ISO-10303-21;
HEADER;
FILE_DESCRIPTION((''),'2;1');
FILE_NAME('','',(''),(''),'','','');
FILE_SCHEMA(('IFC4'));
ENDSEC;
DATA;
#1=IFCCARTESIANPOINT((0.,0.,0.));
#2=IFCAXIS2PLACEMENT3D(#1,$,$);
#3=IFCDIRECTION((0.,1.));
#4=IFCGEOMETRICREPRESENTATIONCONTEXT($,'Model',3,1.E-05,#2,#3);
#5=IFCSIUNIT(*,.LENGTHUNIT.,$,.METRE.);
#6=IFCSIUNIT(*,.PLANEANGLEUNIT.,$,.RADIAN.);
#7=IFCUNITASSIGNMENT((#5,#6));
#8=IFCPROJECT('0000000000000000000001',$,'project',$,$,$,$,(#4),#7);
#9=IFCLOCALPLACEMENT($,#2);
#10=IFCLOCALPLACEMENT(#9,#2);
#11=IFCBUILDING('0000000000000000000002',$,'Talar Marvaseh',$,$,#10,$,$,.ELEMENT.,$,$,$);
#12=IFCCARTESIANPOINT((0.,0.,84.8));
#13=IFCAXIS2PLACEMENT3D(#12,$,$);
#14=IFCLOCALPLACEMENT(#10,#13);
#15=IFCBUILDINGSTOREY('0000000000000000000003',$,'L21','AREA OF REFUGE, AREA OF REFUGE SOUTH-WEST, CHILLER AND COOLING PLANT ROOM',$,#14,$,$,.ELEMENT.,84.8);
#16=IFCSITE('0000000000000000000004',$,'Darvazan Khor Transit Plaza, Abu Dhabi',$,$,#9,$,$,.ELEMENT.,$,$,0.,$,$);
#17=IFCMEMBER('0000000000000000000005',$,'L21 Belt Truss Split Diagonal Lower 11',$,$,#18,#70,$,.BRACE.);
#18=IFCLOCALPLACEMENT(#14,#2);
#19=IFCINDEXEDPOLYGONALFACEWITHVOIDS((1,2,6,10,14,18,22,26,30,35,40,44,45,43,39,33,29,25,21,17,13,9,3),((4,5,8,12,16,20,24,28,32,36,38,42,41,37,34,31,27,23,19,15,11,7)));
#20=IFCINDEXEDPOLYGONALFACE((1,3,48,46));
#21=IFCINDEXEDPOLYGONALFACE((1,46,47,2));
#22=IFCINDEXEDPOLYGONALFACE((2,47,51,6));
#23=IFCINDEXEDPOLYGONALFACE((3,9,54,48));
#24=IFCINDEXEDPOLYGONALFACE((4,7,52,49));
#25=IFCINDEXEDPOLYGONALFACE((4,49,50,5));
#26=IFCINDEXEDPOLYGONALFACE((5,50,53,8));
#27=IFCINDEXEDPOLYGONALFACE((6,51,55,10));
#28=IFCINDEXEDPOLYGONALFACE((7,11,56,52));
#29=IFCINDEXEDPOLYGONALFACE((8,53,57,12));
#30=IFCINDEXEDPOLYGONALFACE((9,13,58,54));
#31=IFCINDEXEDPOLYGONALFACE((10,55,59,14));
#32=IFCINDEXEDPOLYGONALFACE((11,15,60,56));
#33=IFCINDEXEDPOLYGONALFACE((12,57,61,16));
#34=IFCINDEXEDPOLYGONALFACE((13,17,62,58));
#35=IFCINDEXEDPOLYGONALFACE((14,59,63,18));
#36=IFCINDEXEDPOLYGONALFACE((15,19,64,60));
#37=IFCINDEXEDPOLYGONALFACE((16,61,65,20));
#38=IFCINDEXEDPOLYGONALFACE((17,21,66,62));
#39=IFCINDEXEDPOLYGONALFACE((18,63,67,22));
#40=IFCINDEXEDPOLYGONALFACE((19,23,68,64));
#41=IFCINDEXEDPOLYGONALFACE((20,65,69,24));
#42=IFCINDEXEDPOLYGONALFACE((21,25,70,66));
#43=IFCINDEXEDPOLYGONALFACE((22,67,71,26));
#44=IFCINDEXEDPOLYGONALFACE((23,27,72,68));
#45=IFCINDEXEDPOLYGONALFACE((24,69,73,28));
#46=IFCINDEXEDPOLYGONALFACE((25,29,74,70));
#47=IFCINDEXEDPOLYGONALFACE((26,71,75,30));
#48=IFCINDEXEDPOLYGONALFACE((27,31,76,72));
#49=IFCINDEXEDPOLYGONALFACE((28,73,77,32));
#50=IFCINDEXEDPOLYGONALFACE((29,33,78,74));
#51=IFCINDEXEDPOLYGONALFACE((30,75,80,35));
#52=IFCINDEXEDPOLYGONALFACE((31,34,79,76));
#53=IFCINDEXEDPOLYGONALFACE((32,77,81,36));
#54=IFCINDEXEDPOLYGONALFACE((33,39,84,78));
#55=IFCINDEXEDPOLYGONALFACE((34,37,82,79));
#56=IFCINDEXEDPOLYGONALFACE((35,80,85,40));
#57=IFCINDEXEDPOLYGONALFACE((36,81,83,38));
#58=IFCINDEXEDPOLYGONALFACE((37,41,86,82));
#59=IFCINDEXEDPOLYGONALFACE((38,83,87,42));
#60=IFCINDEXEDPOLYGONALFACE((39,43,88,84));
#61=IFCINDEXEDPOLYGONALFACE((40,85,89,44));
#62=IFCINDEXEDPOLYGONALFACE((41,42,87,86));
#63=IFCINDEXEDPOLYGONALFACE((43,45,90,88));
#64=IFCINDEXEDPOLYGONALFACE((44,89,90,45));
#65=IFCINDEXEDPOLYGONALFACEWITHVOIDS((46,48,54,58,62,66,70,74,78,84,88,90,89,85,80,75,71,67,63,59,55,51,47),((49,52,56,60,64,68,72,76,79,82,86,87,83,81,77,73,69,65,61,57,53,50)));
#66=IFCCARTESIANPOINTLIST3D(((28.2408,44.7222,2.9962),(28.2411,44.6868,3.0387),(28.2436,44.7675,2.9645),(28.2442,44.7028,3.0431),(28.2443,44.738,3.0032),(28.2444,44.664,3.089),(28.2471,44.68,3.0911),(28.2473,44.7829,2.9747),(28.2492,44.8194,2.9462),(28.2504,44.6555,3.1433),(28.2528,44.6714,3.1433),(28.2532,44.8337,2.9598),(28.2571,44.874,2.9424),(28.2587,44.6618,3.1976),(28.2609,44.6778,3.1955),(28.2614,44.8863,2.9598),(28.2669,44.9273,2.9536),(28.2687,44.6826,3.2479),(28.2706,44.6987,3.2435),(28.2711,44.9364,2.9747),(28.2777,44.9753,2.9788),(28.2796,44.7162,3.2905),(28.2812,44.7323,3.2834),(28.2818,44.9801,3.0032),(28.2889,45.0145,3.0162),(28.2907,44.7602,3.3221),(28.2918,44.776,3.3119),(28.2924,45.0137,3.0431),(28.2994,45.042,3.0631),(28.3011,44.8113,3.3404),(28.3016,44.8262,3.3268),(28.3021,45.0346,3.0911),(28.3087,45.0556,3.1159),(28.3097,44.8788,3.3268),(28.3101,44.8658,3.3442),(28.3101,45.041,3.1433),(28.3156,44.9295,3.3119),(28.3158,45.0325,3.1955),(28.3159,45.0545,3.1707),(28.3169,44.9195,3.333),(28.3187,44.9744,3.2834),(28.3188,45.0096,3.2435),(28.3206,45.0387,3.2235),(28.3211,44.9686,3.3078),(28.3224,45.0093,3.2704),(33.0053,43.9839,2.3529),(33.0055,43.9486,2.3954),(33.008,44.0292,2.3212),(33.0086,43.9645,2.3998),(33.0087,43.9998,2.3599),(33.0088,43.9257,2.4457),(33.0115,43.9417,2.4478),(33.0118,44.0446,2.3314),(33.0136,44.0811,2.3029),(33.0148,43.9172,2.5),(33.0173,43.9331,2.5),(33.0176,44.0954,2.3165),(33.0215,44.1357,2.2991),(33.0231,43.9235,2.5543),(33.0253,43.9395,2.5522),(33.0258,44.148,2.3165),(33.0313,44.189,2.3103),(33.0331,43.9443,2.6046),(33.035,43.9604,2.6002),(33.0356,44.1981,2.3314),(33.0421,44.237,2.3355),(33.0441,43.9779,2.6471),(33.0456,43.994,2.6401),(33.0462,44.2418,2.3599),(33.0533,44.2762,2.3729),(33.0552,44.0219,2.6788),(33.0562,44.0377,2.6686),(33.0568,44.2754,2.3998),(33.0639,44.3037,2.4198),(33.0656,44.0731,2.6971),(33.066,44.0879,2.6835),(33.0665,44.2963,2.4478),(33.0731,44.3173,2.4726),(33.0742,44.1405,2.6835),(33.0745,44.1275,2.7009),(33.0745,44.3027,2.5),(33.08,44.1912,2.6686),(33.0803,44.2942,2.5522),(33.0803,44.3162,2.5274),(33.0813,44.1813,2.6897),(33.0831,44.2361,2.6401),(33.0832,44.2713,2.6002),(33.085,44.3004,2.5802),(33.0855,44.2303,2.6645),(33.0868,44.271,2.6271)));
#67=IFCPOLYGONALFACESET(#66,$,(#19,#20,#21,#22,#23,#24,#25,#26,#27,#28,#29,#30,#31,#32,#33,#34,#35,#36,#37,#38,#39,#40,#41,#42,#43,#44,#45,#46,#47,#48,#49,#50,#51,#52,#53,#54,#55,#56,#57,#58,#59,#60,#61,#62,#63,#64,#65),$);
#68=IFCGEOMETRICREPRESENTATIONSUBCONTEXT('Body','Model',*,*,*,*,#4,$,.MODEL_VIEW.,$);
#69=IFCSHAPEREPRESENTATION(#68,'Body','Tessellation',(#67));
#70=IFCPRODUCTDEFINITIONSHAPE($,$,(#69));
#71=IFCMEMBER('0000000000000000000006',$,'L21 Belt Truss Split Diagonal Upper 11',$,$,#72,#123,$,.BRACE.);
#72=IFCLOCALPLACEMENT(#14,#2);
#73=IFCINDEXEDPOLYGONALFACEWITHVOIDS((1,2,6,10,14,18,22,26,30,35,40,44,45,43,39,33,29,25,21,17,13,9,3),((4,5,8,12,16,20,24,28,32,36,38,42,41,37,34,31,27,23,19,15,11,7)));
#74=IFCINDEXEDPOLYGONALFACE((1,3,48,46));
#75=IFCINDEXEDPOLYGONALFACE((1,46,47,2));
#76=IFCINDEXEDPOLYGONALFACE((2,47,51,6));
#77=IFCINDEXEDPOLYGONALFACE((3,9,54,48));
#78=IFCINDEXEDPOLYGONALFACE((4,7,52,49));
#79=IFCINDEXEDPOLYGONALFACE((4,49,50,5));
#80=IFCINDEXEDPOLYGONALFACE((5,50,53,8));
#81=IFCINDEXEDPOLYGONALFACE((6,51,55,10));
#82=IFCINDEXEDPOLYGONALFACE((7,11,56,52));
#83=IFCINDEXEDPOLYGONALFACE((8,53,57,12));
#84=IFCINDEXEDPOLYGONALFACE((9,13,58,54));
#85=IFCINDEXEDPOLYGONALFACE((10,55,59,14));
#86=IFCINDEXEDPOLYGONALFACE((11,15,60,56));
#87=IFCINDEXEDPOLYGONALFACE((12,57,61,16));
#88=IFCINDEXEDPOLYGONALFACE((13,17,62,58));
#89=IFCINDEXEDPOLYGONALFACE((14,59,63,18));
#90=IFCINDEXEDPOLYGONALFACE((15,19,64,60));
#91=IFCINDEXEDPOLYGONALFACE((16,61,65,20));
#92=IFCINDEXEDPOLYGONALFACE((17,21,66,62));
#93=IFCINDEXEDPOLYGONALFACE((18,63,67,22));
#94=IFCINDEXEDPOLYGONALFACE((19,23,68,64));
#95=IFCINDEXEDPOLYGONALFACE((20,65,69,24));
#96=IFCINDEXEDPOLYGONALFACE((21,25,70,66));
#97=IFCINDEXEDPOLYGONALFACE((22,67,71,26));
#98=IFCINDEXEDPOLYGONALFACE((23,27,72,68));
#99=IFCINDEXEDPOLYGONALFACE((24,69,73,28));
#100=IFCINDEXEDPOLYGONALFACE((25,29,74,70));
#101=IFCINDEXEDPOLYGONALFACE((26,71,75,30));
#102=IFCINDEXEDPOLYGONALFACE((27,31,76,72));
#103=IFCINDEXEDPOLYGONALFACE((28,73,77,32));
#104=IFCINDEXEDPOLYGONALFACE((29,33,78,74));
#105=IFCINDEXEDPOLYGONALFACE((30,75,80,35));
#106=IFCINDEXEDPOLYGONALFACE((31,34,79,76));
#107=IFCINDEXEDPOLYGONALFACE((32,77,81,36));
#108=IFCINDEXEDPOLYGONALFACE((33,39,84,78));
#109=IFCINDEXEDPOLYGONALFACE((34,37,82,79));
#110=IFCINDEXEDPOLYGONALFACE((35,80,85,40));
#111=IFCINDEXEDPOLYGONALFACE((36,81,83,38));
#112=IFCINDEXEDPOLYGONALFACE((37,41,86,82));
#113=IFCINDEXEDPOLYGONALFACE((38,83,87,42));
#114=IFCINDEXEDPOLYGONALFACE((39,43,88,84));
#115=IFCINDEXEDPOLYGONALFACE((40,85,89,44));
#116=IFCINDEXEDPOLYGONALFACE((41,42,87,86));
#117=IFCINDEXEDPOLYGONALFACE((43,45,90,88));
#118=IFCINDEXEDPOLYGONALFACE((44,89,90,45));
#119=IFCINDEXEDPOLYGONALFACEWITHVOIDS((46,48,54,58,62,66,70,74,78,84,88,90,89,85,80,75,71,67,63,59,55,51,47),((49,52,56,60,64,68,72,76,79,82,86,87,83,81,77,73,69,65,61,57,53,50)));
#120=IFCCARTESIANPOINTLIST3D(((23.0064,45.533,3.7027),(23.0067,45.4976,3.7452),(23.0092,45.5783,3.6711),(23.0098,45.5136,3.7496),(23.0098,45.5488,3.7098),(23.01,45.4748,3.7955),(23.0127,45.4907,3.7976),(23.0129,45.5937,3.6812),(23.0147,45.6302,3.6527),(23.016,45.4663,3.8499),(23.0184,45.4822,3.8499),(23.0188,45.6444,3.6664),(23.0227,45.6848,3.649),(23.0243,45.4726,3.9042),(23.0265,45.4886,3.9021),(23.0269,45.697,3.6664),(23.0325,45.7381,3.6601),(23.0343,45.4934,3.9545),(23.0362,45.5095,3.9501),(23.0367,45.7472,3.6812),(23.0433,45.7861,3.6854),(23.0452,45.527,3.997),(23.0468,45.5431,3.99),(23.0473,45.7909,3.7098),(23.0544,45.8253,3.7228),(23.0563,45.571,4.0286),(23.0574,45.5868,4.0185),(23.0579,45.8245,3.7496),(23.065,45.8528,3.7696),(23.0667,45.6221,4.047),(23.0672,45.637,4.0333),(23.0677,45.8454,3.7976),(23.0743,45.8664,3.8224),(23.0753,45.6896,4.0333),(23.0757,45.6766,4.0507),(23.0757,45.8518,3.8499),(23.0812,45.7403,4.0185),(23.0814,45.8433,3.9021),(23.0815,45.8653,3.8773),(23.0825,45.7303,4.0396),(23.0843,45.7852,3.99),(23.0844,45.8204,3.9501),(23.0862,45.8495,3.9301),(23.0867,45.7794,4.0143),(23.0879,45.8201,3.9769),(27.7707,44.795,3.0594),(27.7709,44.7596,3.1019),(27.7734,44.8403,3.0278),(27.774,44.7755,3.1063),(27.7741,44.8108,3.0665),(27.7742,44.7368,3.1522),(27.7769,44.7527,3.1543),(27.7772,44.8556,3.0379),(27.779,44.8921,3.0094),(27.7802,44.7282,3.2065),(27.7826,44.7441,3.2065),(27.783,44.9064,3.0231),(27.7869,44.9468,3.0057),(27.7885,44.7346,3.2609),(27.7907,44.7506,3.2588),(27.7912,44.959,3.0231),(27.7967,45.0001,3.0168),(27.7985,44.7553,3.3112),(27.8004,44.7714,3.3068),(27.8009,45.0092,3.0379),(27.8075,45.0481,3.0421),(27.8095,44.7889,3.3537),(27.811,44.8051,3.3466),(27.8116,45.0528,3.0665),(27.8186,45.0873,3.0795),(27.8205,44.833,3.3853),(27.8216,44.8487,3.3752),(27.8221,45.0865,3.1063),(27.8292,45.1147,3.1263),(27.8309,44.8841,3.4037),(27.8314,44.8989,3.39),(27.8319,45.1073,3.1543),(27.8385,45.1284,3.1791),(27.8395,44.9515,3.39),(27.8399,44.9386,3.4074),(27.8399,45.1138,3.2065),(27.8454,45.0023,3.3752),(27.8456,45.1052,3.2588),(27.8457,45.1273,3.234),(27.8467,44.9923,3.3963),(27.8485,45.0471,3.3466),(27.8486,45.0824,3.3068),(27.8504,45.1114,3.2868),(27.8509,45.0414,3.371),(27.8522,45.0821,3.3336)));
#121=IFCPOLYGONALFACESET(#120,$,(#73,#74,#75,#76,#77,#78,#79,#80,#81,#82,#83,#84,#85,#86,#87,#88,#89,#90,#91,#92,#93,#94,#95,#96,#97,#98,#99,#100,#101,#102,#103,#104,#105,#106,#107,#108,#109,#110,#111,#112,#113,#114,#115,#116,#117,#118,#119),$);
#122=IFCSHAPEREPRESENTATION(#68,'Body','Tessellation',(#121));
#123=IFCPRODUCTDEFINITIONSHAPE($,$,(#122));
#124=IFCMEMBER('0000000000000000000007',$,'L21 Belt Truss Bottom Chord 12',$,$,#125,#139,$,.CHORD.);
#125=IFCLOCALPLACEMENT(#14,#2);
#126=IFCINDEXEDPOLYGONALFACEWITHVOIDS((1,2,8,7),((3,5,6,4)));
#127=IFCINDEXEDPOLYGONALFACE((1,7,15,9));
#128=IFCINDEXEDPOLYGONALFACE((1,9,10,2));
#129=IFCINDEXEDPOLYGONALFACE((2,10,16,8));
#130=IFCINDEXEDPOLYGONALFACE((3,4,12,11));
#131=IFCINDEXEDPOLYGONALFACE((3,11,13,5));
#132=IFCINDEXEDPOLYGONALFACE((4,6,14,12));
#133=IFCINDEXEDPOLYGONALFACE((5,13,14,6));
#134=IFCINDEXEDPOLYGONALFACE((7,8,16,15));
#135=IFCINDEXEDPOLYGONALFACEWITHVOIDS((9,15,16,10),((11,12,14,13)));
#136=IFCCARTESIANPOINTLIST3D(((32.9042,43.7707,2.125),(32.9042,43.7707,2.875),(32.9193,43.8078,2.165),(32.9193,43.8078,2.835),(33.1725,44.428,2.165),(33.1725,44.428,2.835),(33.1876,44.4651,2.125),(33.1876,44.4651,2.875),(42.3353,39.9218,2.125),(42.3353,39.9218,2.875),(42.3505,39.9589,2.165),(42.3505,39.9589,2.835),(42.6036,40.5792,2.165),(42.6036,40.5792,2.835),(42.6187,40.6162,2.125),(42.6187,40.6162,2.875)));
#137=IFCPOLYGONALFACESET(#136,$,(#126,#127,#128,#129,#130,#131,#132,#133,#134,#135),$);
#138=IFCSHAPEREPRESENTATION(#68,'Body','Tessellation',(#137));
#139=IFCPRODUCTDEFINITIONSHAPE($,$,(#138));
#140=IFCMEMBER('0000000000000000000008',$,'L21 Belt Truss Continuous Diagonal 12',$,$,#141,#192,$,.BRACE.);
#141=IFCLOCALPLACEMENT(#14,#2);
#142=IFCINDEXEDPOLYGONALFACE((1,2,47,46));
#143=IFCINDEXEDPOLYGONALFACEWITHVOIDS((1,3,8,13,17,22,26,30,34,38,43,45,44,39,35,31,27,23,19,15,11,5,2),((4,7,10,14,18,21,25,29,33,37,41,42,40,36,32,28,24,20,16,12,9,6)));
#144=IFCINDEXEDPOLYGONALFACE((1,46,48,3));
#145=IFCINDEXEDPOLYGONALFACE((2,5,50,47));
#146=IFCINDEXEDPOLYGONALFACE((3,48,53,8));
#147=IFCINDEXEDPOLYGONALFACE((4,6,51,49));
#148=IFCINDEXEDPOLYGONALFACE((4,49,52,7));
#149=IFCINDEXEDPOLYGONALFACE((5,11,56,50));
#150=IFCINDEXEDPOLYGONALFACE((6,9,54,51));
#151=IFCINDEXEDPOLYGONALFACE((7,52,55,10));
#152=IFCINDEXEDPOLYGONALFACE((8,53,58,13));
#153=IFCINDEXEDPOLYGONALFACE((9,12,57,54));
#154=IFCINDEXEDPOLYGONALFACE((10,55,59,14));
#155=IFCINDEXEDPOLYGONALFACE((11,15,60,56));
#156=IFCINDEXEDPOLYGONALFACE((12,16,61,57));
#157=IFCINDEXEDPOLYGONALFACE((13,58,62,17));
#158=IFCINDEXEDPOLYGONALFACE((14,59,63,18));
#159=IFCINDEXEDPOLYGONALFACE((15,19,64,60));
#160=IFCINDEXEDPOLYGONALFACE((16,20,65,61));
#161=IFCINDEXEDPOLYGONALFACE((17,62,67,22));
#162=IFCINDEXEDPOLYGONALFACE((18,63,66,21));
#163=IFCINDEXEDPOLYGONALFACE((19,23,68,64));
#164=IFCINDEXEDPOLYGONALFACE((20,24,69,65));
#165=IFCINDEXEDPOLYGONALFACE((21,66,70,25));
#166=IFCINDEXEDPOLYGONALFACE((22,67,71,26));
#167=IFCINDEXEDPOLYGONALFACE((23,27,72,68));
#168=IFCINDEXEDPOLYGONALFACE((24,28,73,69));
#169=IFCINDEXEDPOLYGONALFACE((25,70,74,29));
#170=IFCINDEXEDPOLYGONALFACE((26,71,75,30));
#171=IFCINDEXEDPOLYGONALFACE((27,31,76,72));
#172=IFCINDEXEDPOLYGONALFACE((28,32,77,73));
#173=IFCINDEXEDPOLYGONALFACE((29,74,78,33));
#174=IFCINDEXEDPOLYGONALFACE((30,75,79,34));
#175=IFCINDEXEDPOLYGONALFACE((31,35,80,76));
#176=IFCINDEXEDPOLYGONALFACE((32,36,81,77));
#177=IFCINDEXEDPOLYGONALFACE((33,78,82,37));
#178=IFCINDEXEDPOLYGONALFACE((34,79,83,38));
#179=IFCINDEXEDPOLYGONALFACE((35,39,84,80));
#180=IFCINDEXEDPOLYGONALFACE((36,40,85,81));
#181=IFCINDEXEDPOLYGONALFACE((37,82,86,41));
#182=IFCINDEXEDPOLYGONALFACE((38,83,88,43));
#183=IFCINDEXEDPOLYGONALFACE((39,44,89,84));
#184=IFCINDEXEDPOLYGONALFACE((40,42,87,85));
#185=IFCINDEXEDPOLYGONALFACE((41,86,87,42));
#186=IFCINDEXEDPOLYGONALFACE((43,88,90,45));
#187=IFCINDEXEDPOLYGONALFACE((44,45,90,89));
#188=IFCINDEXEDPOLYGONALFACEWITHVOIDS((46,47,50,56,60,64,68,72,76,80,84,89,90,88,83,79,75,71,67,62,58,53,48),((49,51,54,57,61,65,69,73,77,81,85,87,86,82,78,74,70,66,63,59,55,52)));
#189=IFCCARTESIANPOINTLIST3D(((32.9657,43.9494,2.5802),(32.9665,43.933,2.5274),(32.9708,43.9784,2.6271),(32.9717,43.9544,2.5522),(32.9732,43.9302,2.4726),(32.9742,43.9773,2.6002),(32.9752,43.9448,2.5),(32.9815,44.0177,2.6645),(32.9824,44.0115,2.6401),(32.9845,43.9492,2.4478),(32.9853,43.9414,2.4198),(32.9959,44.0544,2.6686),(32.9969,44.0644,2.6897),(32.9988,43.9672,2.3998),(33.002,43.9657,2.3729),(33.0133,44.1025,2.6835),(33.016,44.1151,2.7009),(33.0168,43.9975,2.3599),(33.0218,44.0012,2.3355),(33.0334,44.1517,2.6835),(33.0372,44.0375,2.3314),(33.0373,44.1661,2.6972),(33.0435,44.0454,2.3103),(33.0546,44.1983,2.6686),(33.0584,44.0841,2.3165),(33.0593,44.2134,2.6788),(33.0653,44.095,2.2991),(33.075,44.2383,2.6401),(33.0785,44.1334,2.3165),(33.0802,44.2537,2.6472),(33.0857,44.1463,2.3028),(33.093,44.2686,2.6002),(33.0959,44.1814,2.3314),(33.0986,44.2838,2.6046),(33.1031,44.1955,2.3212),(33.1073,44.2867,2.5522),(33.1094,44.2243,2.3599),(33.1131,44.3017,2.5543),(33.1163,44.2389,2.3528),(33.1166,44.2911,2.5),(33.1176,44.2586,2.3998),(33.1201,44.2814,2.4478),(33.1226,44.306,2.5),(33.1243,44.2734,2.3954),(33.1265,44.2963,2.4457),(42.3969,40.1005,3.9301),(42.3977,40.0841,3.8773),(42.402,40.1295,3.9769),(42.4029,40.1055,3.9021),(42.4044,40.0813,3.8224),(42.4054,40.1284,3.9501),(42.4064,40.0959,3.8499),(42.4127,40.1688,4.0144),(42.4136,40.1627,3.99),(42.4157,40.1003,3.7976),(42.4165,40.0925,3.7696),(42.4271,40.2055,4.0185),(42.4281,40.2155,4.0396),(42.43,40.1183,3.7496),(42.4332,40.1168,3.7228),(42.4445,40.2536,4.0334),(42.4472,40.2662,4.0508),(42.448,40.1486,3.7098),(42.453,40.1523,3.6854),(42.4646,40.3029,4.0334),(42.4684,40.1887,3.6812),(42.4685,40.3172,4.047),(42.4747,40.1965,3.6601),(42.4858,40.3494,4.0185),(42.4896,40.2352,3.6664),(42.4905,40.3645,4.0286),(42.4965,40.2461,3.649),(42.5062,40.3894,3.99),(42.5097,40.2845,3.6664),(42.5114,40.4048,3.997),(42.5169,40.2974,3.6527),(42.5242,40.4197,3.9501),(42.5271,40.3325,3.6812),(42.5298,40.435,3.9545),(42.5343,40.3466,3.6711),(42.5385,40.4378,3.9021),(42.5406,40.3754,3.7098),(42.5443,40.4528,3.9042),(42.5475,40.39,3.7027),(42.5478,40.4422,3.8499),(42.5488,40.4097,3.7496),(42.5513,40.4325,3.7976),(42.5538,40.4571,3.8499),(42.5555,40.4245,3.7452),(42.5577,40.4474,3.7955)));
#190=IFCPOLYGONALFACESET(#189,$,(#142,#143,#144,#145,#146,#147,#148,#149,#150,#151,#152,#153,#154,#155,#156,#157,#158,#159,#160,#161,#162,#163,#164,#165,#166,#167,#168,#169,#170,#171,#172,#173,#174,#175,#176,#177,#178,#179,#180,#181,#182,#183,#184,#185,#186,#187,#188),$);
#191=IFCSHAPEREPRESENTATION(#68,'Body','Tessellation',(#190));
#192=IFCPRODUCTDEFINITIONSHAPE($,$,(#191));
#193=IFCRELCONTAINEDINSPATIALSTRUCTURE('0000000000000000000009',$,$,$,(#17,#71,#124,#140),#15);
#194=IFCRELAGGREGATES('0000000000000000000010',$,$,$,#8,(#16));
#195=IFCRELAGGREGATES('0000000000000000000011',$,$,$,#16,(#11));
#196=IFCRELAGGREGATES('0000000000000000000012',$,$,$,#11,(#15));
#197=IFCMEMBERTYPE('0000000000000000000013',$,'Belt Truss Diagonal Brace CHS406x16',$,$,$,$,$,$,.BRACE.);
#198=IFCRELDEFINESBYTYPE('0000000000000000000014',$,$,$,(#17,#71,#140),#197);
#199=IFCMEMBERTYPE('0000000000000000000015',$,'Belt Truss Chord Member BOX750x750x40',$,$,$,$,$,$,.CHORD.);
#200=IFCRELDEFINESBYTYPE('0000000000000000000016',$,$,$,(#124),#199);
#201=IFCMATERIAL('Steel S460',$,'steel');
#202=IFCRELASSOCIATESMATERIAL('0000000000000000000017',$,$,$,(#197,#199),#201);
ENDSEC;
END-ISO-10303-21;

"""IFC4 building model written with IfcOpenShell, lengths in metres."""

from ifc_helpers import new_model, si_unit, direction, frame, origin, origin_2d, place, context, subcontext, project, spatial, hollow_rectangle, hollow_circle, extrude, source, transform, mapped, material, material_profile, profile_set, type_object, type_shapes, element, save


model = new_model("IFC4")

# Units and contexts
model_context = context("Model", 3, precision=1e-05, world=origin(), true_north=direction((0.0, 1.0)))
body_context = subcontext(model_context, "Body", "Model", "MODEL_VIEW")
ifc_project = project(units=[si_unit("LENGTHUNIT", "METRE"), si_unit("PLANEANGLEUNIT", "RADIAN")], contexts=[model_context])

# Site, building, storey
site_placement = place(None, origin())
site = spatial("IfcSite", under=ifc_project, at=site_placement, Name="Darvazan Khor Transit Plaza, Abu Dhabi", CompositionType="ELEMENT", RefElevation=0.0)
building_placement = place(site_placement, origin())
building = spatial("IfcBuilding", under=site, at=building_placement, Name="Talar Marvaseh", CompositionType="ELEMENT")
storey_placement = place(building_placement, frame((0.0, 0.0, 84.8)))
storey = spatial("IfcBuildingStorey", under=building, at=storey_placement, Name="L21", Description="AREA OF REFUGE, AREA OF REFUGE SOUTH-WEST, CHILLER AND COOLING PLANT ROOM", CompositionType="ELEMENT", Elevation=84.8)

# Members
ifc_material_1 = material(Name="Steel S460", Category="steel")
ifc_material_profile_1 = material_profile(ifc_material_1, hollow_circle(Radius=0.2031, WallThickness=0.0161, at=origin_2d()), Name="CHS406x16")
ifc_profile_set_1 = profile_set([ifc_material_profile_1], Name="Steel S460")
member_type_1 = type_object("IfcMemberType", Name="Belt Truss Diagonal Brace CHS406x16", PredefinedType="BRACE", material=ifc_profile_set_1)
shared_shape_1 = source(origin(), body_context, "Body", "SweptSolid", [
    extrude(hollow_circle(Radius=0.2031, WallThickness=0.0161, at=origin_2d()), origin(), (0.0, 0.0, 1.0), 4.864),
])
member_1_placement = place(storey_placement, frame((33.0459, 44.1179, 2.5), z_axis=(-0.979525, 0.151785, 0.13226), x_axis=(-0.15313, -0.988206, 0.0)))
element("IfcMember", 1, at=member_1_placement, inside=storey, type_object=member_type_1, Name="L21 Belt Truss Split Diagonal Lower 11", PredefinedType="BRACE", context=body_context, shape_type="MappedRepresentation", body=[
    mapped(shared_shape_1, transform((0.0, 0.0, 0.0), x_axis=(1.0, 0.0, 0.0), y_axis=(0.0, 1.0, 0.0), z_axis=(0.0, 0.0, 1.0), scale=1.0)),
])
shared_shape_2 = source(origin(), body_context, "Body", "SweptSolid", [
    extrude(hollow_circle(Radius=0.2031, WallThickness=0.0161, at=origin_2d()), origin(), (0.0, 0.0, 1.0), 4.8638),
])
member_2_placement = place(storey_placement, frame((27.8113, 44.929, 3.2065), z_axis=(-0.97953, 0.151743, 0.132267), x_axis=(-0.153088, -0.988213, 0.0)))
element("IfcMember", 2, at=member_2_placement, inside=storey, type_object=member_type_1, Name="L21 Belt Truss Split Diagonal Upper 11", PredefinedType="BRACE", context=body_context, shape_type="MappedRepresentation", body=[
    mapped(shared_shape_2, transform((0.0, 0.0, 0.0), x_axis=(1.0, 0.0, 0.0), y_axis=(0.0, 1.0, 0.0), z_axis=(0.0, 0.0, 1.0), scale=1.0)),
])
ifc_material_profile_2 = material_profile(ifc_material_1, hollow_rectangle(XDim=0.75, YDim=0.75, WallThickness=0.04, at=origin_2d()), Name="BOX750x750x40")
ifc_profile_set_2 = profile_set([ifc_material_profile_2], Name="Steel S460")
member_type_2 = type_object("IfcMemberType", Name="Belt Truss Chord Member BOX750x750x40", PredefinedType="CHORD", material=ifc_profile_set_2)
shared_shape_3 = source(origin(), body_context, "Body", "SweptSolid", [
    extrude(hollow_rectangle(XDim=0.75, YDim=0.75, WallThickness=0.04, at=origin_2d()), origin(), (0.0, 0.0, 1.0), 10.1863),
])
type_shapes(member_type_2, [shared_shape_3])
member_3_placement = place(storey_placement, frame((33.0459, 44.1179, 2.5), z_axis=(0.925867, -0.377849, 0.0), x_axis=(0.377849, 0.925867, 0.0)))
element("IfcMember", 3, at=member_3_placement, inside=storey, type_object=member_type_2, Name="L21 Belt Truss Bottom Chord 12", PredefinedType="CHORD", context=body_context, shape_type="MappedRepresentation", body=[
    mapped(shared_shape_3, transform((0.0, 0.0, 0.0), x_axis=(1.0, 0.0, 0.0), y_axis=(0.0, 1.0, 0.0), z_axis=(0.0, 0.0, 1.0), scale=1.0)),
])
shared_shape_4 = source(origin(), body_context, "Body", "SweptSolid", [
    extrude(hollow_circle(Radius=0.2031, WallThickness=0.0161, at=origin_2d()), origin(), (0.0, 0.0, 1.0), 10.2754),
])
type_shapes(member_type_1, [shared_shape_1, shared_shape_2, shared_shape_4])
member_4_placement = place(storey_placement, frame((33.0459, 44.1179, 2.5), z_axis=(0.917843, -0.374574, 0.131368), x_axis=(0.377849, 0.925867, 0.0)))
element("IfcMember", 4, at=member_4_placement, inside=storey, type_object=member_type_1, Name="L21 Belt Truss Continuous Diagonal 12", PredefinedType="BRACE", context=body_context, shape_type="MappedRepresentation", body=[
    mapped(shared_shape_4, transform((0.0, 0.0, 0.0), x_axis=(1.0, 0.0, 0.0), y_axis=(0.0, 1.0, 0.0), z_axis=(0.0, 0.0, 1.0), scale=1.0)),
])

save(model, "model.ifc")
